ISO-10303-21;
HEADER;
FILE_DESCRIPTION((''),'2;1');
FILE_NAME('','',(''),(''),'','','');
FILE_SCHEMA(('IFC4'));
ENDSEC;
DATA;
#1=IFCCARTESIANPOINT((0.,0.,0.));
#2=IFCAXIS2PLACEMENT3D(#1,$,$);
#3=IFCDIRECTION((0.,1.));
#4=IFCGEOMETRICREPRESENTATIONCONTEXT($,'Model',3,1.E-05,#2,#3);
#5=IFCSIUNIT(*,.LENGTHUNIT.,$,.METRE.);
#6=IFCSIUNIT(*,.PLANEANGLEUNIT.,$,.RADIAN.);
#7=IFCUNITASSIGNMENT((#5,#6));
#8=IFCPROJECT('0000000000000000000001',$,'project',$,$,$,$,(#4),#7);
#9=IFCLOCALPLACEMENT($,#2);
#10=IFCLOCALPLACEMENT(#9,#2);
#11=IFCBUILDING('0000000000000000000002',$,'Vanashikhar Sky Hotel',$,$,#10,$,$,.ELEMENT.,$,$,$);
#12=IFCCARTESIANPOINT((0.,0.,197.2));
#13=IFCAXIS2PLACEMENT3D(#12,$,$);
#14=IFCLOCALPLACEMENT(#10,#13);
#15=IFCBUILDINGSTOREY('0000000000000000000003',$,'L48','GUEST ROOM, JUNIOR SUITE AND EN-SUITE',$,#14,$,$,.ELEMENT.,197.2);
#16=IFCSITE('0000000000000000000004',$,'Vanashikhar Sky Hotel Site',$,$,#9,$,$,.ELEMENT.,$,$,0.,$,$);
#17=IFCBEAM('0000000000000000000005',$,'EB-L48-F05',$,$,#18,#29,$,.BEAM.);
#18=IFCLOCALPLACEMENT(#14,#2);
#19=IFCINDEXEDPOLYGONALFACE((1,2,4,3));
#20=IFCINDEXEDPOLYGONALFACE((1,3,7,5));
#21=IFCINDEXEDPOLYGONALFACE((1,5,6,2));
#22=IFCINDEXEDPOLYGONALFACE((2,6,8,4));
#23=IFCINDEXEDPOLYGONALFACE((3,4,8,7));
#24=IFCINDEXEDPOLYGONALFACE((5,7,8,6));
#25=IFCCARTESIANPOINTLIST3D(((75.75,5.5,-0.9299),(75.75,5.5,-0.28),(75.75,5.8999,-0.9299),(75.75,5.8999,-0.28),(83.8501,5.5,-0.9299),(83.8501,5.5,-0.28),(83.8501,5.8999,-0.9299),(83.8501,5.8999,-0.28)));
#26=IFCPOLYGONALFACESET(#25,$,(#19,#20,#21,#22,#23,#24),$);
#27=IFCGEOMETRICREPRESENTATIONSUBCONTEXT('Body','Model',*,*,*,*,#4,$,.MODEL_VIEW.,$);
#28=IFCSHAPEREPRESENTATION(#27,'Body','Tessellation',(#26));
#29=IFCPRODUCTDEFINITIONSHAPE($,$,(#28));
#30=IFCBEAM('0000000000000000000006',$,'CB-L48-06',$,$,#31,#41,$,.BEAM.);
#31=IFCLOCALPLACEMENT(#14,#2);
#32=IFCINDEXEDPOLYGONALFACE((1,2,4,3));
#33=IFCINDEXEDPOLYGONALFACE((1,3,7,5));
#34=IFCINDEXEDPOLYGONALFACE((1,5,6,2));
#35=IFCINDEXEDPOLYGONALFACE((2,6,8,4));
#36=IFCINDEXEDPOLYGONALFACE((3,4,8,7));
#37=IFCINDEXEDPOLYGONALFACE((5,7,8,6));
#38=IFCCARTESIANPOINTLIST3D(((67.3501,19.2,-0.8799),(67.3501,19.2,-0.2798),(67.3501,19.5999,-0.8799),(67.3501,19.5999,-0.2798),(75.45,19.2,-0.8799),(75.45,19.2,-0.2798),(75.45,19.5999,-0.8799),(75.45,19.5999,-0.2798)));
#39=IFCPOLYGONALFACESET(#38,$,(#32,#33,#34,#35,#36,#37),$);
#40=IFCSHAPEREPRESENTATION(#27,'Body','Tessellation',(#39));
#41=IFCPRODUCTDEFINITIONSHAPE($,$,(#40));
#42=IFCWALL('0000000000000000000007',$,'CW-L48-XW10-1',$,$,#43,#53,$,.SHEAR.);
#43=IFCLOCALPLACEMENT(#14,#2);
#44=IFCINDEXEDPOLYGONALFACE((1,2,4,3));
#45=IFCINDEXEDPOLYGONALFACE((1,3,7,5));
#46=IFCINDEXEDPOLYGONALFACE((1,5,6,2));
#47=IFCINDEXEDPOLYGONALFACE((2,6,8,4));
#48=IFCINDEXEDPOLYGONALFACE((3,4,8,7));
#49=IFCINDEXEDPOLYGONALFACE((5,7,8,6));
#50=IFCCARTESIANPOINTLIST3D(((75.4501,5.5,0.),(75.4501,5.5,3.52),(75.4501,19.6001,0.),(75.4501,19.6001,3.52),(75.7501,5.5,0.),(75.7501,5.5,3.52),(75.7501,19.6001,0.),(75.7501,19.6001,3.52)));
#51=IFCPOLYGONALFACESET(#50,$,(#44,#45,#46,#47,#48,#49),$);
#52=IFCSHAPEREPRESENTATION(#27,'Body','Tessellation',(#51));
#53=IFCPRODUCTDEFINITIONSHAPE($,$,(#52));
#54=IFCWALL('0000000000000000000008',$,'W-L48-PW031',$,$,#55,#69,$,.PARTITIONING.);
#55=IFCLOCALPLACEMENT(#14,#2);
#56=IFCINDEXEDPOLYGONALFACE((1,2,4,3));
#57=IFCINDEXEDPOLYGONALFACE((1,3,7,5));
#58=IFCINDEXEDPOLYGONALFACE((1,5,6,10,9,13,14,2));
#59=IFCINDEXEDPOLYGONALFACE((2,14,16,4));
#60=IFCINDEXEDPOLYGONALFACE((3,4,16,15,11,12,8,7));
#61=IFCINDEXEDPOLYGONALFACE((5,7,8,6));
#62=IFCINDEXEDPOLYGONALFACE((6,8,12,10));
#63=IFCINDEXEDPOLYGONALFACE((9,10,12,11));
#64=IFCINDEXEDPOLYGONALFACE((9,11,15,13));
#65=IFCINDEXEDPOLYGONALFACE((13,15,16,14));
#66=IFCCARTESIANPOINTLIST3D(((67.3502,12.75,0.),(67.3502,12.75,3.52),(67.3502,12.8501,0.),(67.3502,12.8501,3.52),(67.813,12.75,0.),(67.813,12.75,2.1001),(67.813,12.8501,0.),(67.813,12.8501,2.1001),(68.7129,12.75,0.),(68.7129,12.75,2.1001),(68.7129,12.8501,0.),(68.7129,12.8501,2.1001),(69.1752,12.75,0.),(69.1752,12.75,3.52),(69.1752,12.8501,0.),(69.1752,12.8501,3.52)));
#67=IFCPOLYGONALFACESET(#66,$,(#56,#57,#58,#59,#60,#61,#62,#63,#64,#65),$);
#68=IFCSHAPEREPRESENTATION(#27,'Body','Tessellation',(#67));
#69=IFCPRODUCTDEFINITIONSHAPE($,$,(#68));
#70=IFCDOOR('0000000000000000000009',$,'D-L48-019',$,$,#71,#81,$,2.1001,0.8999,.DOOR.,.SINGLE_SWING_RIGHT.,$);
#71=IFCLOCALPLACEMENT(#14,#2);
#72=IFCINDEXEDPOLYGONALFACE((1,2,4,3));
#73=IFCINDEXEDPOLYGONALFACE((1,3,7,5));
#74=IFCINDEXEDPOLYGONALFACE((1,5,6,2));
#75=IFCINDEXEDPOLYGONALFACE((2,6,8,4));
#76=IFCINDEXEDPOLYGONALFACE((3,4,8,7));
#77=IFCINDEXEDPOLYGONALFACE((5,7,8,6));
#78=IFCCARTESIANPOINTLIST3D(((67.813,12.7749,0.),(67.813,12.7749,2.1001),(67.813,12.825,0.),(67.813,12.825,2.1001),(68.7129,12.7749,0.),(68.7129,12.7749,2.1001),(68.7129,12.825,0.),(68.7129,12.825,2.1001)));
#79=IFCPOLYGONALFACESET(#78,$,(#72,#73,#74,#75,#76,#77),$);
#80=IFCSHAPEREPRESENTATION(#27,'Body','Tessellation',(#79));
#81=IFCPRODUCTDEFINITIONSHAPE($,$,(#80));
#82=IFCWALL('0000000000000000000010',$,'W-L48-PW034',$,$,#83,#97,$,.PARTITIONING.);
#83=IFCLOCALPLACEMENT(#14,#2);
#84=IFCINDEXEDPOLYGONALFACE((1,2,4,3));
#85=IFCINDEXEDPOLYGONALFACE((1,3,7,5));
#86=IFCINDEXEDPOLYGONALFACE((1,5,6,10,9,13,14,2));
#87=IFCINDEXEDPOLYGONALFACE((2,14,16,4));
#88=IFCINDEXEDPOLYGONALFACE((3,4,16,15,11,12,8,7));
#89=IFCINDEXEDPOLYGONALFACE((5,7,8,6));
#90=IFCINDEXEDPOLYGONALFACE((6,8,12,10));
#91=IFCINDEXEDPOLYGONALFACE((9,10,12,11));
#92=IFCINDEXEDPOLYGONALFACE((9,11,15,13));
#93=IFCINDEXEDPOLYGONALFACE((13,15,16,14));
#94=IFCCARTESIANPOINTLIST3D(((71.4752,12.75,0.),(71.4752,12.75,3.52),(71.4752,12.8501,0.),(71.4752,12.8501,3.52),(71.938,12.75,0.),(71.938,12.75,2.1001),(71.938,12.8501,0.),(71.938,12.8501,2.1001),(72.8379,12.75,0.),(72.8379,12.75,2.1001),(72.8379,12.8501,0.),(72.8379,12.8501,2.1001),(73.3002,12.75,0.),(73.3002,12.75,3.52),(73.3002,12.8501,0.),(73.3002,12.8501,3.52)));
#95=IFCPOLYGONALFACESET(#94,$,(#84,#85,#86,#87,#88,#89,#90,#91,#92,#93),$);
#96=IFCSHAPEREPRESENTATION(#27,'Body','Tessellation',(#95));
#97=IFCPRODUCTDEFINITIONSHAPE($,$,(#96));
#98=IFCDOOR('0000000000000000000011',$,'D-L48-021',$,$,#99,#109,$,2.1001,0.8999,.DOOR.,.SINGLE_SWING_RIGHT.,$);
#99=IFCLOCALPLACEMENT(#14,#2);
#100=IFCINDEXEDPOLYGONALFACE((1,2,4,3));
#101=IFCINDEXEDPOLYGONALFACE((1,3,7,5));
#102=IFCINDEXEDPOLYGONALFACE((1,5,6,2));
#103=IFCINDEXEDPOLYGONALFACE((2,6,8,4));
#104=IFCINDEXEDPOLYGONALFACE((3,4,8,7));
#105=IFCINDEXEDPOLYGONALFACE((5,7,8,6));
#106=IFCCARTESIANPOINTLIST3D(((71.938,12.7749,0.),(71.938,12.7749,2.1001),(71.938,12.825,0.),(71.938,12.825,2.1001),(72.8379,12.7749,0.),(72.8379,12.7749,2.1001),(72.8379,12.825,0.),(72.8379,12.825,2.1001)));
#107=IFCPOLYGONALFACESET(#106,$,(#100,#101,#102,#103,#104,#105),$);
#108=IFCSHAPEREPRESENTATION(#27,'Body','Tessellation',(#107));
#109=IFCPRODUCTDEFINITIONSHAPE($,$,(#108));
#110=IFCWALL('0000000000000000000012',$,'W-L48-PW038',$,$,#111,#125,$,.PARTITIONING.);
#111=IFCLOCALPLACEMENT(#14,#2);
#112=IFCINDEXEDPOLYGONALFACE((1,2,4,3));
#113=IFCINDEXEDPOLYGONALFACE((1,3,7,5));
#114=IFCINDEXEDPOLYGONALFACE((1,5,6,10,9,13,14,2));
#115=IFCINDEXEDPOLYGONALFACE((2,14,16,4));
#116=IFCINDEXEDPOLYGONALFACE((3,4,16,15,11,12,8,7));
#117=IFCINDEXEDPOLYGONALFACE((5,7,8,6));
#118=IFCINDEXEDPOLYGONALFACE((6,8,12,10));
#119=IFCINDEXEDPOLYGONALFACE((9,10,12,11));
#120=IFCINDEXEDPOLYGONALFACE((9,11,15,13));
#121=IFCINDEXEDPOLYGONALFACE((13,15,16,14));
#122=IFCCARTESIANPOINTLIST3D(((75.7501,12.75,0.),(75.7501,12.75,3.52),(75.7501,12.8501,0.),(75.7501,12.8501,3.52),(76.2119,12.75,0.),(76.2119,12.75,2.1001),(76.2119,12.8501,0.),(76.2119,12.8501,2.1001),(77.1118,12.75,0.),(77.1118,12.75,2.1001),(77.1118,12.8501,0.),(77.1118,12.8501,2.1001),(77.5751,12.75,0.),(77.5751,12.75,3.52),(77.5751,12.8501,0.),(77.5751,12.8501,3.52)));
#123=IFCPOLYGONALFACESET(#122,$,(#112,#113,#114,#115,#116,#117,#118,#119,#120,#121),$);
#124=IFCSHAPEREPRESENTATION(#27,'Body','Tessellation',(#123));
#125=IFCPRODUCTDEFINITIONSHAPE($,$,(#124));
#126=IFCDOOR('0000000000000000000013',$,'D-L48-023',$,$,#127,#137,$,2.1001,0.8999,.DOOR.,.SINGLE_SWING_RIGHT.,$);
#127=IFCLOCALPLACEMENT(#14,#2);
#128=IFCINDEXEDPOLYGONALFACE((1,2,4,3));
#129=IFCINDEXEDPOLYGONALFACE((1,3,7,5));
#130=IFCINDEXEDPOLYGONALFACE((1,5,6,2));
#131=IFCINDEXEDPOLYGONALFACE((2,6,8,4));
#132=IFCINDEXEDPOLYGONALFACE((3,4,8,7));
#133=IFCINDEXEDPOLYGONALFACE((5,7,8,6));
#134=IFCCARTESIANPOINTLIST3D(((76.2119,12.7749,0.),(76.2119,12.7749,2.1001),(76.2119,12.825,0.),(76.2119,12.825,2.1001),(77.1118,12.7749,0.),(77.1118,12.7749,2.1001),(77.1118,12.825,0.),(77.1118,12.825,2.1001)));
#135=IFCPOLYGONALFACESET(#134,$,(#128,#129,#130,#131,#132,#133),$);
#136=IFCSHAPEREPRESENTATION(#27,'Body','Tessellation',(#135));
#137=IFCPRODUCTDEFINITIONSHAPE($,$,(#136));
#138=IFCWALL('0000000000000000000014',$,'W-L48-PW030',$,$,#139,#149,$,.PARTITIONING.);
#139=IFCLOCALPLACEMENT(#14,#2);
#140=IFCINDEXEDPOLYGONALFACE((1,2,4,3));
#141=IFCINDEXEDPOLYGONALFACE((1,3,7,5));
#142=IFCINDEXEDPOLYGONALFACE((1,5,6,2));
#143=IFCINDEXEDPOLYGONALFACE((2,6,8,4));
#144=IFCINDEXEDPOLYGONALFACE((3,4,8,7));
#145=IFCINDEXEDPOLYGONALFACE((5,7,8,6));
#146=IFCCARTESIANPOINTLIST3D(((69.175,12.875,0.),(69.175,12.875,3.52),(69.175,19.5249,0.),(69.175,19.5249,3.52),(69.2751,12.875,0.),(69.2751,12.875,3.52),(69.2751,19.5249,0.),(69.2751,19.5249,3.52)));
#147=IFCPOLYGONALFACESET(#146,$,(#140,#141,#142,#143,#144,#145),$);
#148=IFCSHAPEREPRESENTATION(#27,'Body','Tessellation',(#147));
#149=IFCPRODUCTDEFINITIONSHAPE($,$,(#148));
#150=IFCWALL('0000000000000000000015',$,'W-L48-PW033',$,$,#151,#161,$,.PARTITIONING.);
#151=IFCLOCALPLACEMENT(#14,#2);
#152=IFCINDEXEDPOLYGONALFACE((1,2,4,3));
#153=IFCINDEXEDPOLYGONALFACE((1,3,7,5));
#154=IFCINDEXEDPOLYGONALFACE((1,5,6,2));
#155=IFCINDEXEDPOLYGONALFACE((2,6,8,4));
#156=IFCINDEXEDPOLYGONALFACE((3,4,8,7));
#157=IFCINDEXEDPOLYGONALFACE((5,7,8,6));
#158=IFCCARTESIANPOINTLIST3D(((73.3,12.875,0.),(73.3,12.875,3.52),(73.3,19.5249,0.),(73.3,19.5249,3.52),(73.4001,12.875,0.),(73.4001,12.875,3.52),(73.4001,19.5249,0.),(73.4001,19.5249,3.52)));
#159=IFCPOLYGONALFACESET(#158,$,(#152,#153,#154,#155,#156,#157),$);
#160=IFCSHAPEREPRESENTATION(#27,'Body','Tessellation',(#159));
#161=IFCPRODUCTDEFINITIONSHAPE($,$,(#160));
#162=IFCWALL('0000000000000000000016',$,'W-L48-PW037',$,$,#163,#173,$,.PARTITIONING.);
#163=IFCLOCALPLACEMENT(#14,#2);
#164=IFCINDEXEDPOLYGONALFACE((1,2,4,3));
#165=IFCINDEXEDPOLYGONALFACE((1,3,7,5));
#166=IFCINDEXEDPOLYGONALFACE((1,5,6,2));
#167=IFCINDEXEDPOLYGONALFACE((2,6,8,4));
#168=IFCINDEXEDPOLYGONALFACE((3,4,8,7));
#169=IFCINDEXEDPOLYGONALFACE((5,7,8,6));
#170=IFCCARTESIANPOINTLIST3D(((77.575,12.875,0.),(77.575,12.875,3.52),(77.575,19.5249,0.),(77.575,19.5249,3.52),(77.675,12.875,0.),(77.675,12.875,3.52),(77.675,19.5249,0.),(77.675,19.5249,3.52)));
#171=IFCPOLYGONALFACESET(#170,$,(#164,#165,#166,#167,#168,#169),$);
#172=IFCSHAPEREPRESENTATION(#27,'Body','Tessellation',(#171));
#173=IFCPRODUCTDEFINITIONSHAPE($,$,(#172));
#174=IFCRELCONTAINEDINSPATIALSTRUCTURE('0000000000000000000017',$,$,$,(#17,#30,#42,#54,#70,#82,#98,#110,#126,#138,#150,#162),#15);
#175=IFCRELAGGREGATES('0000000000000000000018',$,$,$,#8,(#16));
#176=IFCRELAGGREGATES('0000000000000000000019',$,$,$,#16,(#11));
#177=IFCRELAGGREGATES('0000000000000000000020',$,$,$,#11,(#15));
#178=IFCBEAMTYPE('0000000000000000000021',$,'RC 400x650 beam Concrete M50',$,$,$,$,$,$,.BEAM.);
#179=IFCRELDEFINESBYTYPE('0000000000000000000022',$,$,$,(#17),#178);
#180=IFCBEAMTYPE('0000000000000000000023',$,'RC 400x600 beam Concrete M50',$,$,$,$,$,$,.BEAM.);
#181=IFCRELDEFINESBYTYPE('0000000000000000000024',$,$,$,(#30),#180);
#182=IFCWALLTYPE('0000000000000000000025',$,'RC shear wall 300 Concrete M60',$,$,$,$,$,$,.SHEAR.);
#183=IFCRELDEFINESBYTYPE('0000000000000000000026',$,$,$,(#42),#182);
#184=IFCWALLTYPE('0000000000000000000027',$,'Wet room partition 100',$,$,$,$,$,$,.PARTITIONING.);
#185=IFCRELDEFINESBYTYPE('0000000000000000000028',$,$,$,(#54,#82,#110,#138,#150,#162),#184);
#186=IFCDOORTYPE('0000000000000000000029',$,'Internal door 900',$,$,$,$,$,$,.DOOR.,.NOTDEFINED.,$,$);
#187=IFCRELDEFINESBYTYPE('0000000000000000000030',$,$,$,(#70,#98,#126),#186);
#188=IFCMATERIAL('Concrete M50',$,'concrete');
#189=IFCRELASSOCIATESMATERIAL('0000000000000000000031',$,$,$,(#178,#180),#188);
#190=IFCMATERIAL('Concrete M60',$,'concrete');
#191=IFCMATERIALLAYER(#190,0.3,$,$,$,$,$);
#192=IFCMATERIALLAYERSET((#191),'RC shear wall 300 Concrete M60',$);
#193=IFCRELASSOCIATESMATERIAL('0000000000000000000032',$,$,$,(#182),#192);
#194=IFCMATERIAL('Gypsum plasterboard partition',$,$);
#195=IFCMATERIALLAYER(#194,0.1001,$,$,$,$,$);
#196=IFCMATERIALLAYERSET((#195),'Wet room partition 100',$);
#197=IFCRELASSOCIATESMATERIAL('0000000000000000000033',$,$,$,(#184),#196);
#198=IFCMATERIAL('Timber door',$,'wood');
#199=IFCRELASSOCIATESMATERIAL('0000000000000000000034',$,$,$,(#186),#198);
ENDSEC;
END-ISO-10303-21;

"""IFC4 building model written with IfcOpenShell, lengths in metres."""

from ifc_helpers import new_model, si_unit, direction, frame, frame_2d, origin, origin_2d, place, context, subcontext, project, spatial, rectangle, extrude, source, transform, mapped, material, layer, layer_set, material_profile, profile_set, type_object, element, fill, save


model = new_model("IFC4")

# Units and contexts
model_context = context("Model", 3, precision=1e-05, world=origin(), true_north=direction((0.0, 1.0)))
body_context = subcontext(model_context, "Body", "Model", "MODEL_VIEW")
ifc_project = project(units=[si_unit("LENGTHUNIT", "METRE"), si_unit("PLANEANGLEUNIT", "RADIAN")], contexts=[model_context])

# Site, building, storey
site_placement = place(None, origin())
site = spatial("IfcSite", under=ifc_project, at=site_placement, Name="Vanashikhar Sky Hotel Site", CompositionType="ELEMENT", RefElevation=0.0)
building_placement = place(site_placement, origin())
building = spatial("IfcBuilding", under=site, at=building_placement, Name="Vanashikhar Sky Hotel", CompositionType="ELEMENT")
storey_placement = place(building_placement, frame((0.0, 0.0, 197.2)))
storey = spatial("IfcBuildingStorey", under=building, at=storey_placement, Name="L48", Description="GUEST ROOM, JUNIOR SUITE AND EN-SUITE", CompositionType="ELEMENT", Elevation=197.2)

# Beams
ifc_material_1 = material(Name="Concrete M50", Category="concrete")
ifc_material_profile_1 = material_profile(ifc_material_1, rectangle(XDim=0.3999, YDim=0.6499, at=origin_2d()))
ifc_profile_set_1 = profile_set([ifc_material_profile_1], Name="RC 400x650 beam Concrete M50")
beam_type_1 = type_object("IfcBeamType", Name="RC 400x650 beam Concrete M50", PredefinedType="BEAM", material=ifc_profile_set_1)
shared_shape_1 = source(origin(), body_context, "Body", "SweptSolid", [
    extrude(rectangle(XDim=0.3999, YDim=0.6499, at=origin_2d()), origin(), (0.0, 0.0, 1.0), 8.1001),
])
beam_1_placement = place(storey_placement, frame((75.75, 5.7, -0.605), z_axis=(1.0, 0.0, 0.0), x_axis=(0.0, 1.0, 0.0)))
element("IfcBeam", 1, at=beam_1_placement, inside=storey, type_object=beam_type_1, Name="EB-L48-F05", PredefinedType="BEAM", context=body_context, shape_type="MappedRepresentation", body=[
    mapped(shared_shape_1, transform((0.0, 0.0, 0.0), scale=1.0)),
])
ifc_material_profile_2 = material_profile(ifc_material_1, rectangle(XDim=0.3999, YDim=0.6001, at=origin_2d()))
ifc_profile_set_2 = profile_set([ifc_material_profile_2], Name="RC 400x600 beam Concrete M50")
beam_type_2 = type_object("IfcBeamType", Name="RC 400x600 beam Concrete M50", PredefinedType="BEAM", material=ifc_profile_set_2)
shared_shape_2 = source(origin(), body_context, "Body", "SweptSolid", [
    extrude(rectangle(XDim=0.3999, YDim=0.6001, at=origin_2d()), origin(), (0.0, 0.0, 1.0), 8.0999),
])
beam_2_placement = place(storey_placement, frame((67.3501, 19.3999, -0.5798), z_axis=(1.0, 0.0, 0.0), x_axis=(0.0, 1.0, 0.0)))
element("IfcBeam", 2, at=beam_2_placement, inside=storey, type_object=beam_type_2, Name="CB-L48-06", PredefinedType="BEAM", context=body_context, shape_type="MappedRepresentation", body=[
    mapped(shared_shape_2, transform((0.0, 0.0, 0.0), scale=1.0)),
])

# Wall
ifc_material_2 = material(Name="Concrete M60", Category="concrete")
ifc_layer_1 = layer(ifc_material_2, 0.3)
ifc_layer_set_1 = layer_set([ifc_layer_1], Name="RC shear wall 300 Concrete M60")
wall_type_1 = type_object("IfcWallType", Name="RC shear wall 300 Concrete M60", PredefinedType="SHEAR", material=ifc_layer_set_1)
shared_shape_3 = source(origin(), body_context, "Body", "SweptSolid", [
    extrude(rectangle(XDim=14.1001, YDim=0.3, at=frame_2d((7.05, 0.0))), origin(), (0.0, 0.0, 1.0), 3.52),
])
wall_1_placement = place(storey_placement, frame((75.6001, 5.5, 0.0), z_axis=(0.0, 0.0, 1.0), x_axis=(0.0, 1.0, 0.0)))
element("IfcWall", 3, at=wall_1_placement, inside=storey, type_object=wall_type_1, Name="CW-L48-XW10-1", PredefinedType="SHEAR", context=body_context, shape_type="MappedRepresentation", body=[
    mapped(shared_shape_3, transform((0.0, 0.0, 0.0), scale=1.0)),
])

# Walls, openings, doors
ifc_material_3 = material(Name="Gypsum plasterboard partition")
ifc_layer_2 = layer(ifc_material_3, 0.1001)
ifc_layer_set_2 = layer_set([ifc_layer_2], Name="Wet room partition 100")
wall_type_2 = type_object("IfcWallType", Name="Wet room partition 100", PredefinedType="PARTITIONING", material=ifc_layer_set_2)
shared_shape_4 = source(origin(), body_context, "Body", "SweptSolid", [
    extrude(rectangle(XDim=1.825, YDim=0.1001, at=frame_2d((0.9126, 0.0))), origin(), (0.0, 0.0, 1.0), 3.52),
])
wall_2_placement = place(storey_placement, frame((67.3501, 12.8, 0.0), z_axis=(0.0, 0.0, 1.0), x_axis=(1.0, 0.0, 0.0)))
wall_2 = element("IfcWall", 4, at=wall_2_placement, inside=storey, type_object=wall_type_2, Name="W-L48-PW031", PredefinedType="PARTITIONING", context=body_context, shape_type="MappedRepresentation", body=[
    mapped(shared_shape_4, transform((0.0, 0.0, 0.0), scale=1.0)),
])
shared_shape_5 = source(origin(), body_context, "Body", "SweptSolid", [
    extrude(rectangle(XDim=0.8999, YDim=2.1001, at=frame_2d((0.45, 1.05))), frame((0.0, 0.0601, 0.0), z_axis=(0.0, -1.0, 0.0), x_axis=(1.0, 0.0, 0.0)), (0.0, 0.0, 1.0), 0.1201),
])
opening_1_placement = place(wall_2_placement, frame((0.4629, 0.0, 0.0)))
opening_1 = element("IfcOpeningElement", 5, at=opening_1_placement, cuts=wall_2, PredefinedType="OPENING", context=body_context, shape_type="MappedRepresentation", body=[
    mapped(shared_shape_5, transform((0.0, 0.0, 0.0), scale=1.0)),
])
ifc_material_4 = material(Name="Timber door", Category="wood")
door_type_1 = type_object("IfcDoorType", Name="Internal door 900", OperationType="NOTDEFINED", PredefinedType="DOOR", material=ifc_material_4)
shared_shape_6 = source(origin(), body_context, "Body", "SweptSolid", [
    extrude(rectangle(XDim=0.8999, YDim=2.1001, at=frame_2d((0.45, 1.05))), frame((0.0, 0.0249, 0.0), z_axis=(0.0, -1.0, 0.0), x_axis=(1.0, 0.0, 0.0)), (0.0, 0.0, 1.0), 0.05),
])
door_1_placement = place(opening_1_placement, origin())
door_1 = element("IfcDoor", 6, at=door_1_placement, inside=storey, type_object=door_type_1, Name="D-L48-019", OperationType="SINGLE_SWING_RIGHT", OverallHeight=2.1001, OverallWidth=0.8999, PredefinedType="DOOR", context=body_context, shape_type="MappedRepresentation", body=[
    mapped(shared_shape_6, transform((0.0, 0.0, 0.0), scale=1.0)),
])
fill(opening_1, door_1)
wall_3_placement = place(storey_placement, frame((71.4751, 12.8, 0.0), z_axis=(0.0, 0.0, 1.0), x_axis=(1.0, 0.0, 0.0)))
wall_3 = element("IfcWall", 7, at=wall_3_placement, inside=storey, type_object=wall_type_2, Name="W-L48-PW034", PredefinedType="PARTITIONING", context=body_context, shape_type="MappedRepresentation", body=[
    mapped(shared_shape_4, transform((0.0, 0.0, 0.0), scale=1.0)),
])
opening_2_placement = place(wall_3_placement, frame((0.4629, 0.0, 0.0)))
opening_2 = element("IfcOpeningElement", 8, at=opening_2_placement, cuts=wall_3, PredefinedType="OPENING", context=body_context, shape_type="MappedRepresentation", body=[
    mapped(shared_shape_5, transform((0.0, 0.0, 0.0), scale=1.0)),
])
door_2_placement = place(opening_2_placement, origin())
door_2 = element("IfcDoor", 9, at=door_2_placement, inside=storey, type_object=door_type_1, Name="D-L48-021", OperationType="SINGLE_SWING_RIGHT", OverallHeight=2.1001, OverallWidth=0.8999, PredefinedType="DOOR", context=body_context, shape_type="MappedRepresentation", body=[
    mapped(shared_shape_6, transform((0.0, 0.0, 0.0), scale=1.0)),
])
fill(opening_2, door_2)
wall_4_placement = place(storey_placement, frame((75.75, 12.8, 0.0), z_axis=(0.0, 0.0, 1.0), x_axis=(1.0, 0.0, 0.0)))
wall_4 = element("IfcWall", 10, at=wall_4_placement, inside=storey, type_object=wall_type_2, Name="W-L48-PW038", PredefinedType="PARTITIONING", context=body_context, shape_type="MappedRepresentation", body=[
    mapped(shared_shape_4, transform((0.0, 0.0, 0.0), scale=1.0)),
])
opening_3_placement = place(wall_4_placement, frame((0.4619, 0.0, 0.0)))
opening_3 = element("IfcOpeningElement", 11, at=opening_3_placement, cuts=wall_4, PredefinedType="OPENING", context=body_context, shape_type="MappedRepresentation", body=[
    mapped(shared_shape_5, transform((0.0, 0.0, 0.0), scale=1.0)),
])
door_3_placement = place(opening_3_placement, origin())
door_3 = element("IfcDoor", 12, at=door_3_placement, inside=storey, type_object=door_type_1, Name="D-L48-023", OperationType="SINGLE_SWING_RIGHT", OverallHeight=2.1001, OverallWidth=0.8999, PredefinedType="DOOR", context=body_context, shape_type="MappedRepresentation", body=[
    mapped(shared_shape_6, transform((0.0, 0.0, 0.0), scale=1.0)),
])
fill(opening_3, door_3)

# Walls
shared_shape_7 = source(origin(), body_context, "Body", "SweptSolid", [
    extrude(rectangle(XDim=6.6499, YDim=0.1001, at=frame_2d((3.325, 0.0))), origin(), (0.0, 0.0, 1.0), 3.52),
])
for number, where, z_axis, x_axis, name in (
    (13, (69.2251, 12.875, 0.0), (0.0, 0.0, 1.0), (0.0, 1.0, 0.0), "W-L48-PW030"),
    (14, (73.3501, 12.875, 0.0), (0.0, 0.0, 1.0), (0.0, 1.0, 0.0), "W-L48-PW033"),
    (15, (77.625, 12.875, 0.0), (0.0, 0.0, 1.0), (0.0, 1.0, 0.0), "W-L48-PW037"),
):
    element("IfcWall", number, at=place(storey_placement, frame(where, z_axis=z_axis, x_axis=x_axis)), inside=storey, type_object=wall_type_2, Name=name, PredefinedType="PARTITIONING", context=body_context, shape_type="MappedRepresentation", body=[
        mapped(shared_shape_7, transform((0.0, 0.0, 0.0), scale=1.0)),
    ])

save(model, "model.ifc")
